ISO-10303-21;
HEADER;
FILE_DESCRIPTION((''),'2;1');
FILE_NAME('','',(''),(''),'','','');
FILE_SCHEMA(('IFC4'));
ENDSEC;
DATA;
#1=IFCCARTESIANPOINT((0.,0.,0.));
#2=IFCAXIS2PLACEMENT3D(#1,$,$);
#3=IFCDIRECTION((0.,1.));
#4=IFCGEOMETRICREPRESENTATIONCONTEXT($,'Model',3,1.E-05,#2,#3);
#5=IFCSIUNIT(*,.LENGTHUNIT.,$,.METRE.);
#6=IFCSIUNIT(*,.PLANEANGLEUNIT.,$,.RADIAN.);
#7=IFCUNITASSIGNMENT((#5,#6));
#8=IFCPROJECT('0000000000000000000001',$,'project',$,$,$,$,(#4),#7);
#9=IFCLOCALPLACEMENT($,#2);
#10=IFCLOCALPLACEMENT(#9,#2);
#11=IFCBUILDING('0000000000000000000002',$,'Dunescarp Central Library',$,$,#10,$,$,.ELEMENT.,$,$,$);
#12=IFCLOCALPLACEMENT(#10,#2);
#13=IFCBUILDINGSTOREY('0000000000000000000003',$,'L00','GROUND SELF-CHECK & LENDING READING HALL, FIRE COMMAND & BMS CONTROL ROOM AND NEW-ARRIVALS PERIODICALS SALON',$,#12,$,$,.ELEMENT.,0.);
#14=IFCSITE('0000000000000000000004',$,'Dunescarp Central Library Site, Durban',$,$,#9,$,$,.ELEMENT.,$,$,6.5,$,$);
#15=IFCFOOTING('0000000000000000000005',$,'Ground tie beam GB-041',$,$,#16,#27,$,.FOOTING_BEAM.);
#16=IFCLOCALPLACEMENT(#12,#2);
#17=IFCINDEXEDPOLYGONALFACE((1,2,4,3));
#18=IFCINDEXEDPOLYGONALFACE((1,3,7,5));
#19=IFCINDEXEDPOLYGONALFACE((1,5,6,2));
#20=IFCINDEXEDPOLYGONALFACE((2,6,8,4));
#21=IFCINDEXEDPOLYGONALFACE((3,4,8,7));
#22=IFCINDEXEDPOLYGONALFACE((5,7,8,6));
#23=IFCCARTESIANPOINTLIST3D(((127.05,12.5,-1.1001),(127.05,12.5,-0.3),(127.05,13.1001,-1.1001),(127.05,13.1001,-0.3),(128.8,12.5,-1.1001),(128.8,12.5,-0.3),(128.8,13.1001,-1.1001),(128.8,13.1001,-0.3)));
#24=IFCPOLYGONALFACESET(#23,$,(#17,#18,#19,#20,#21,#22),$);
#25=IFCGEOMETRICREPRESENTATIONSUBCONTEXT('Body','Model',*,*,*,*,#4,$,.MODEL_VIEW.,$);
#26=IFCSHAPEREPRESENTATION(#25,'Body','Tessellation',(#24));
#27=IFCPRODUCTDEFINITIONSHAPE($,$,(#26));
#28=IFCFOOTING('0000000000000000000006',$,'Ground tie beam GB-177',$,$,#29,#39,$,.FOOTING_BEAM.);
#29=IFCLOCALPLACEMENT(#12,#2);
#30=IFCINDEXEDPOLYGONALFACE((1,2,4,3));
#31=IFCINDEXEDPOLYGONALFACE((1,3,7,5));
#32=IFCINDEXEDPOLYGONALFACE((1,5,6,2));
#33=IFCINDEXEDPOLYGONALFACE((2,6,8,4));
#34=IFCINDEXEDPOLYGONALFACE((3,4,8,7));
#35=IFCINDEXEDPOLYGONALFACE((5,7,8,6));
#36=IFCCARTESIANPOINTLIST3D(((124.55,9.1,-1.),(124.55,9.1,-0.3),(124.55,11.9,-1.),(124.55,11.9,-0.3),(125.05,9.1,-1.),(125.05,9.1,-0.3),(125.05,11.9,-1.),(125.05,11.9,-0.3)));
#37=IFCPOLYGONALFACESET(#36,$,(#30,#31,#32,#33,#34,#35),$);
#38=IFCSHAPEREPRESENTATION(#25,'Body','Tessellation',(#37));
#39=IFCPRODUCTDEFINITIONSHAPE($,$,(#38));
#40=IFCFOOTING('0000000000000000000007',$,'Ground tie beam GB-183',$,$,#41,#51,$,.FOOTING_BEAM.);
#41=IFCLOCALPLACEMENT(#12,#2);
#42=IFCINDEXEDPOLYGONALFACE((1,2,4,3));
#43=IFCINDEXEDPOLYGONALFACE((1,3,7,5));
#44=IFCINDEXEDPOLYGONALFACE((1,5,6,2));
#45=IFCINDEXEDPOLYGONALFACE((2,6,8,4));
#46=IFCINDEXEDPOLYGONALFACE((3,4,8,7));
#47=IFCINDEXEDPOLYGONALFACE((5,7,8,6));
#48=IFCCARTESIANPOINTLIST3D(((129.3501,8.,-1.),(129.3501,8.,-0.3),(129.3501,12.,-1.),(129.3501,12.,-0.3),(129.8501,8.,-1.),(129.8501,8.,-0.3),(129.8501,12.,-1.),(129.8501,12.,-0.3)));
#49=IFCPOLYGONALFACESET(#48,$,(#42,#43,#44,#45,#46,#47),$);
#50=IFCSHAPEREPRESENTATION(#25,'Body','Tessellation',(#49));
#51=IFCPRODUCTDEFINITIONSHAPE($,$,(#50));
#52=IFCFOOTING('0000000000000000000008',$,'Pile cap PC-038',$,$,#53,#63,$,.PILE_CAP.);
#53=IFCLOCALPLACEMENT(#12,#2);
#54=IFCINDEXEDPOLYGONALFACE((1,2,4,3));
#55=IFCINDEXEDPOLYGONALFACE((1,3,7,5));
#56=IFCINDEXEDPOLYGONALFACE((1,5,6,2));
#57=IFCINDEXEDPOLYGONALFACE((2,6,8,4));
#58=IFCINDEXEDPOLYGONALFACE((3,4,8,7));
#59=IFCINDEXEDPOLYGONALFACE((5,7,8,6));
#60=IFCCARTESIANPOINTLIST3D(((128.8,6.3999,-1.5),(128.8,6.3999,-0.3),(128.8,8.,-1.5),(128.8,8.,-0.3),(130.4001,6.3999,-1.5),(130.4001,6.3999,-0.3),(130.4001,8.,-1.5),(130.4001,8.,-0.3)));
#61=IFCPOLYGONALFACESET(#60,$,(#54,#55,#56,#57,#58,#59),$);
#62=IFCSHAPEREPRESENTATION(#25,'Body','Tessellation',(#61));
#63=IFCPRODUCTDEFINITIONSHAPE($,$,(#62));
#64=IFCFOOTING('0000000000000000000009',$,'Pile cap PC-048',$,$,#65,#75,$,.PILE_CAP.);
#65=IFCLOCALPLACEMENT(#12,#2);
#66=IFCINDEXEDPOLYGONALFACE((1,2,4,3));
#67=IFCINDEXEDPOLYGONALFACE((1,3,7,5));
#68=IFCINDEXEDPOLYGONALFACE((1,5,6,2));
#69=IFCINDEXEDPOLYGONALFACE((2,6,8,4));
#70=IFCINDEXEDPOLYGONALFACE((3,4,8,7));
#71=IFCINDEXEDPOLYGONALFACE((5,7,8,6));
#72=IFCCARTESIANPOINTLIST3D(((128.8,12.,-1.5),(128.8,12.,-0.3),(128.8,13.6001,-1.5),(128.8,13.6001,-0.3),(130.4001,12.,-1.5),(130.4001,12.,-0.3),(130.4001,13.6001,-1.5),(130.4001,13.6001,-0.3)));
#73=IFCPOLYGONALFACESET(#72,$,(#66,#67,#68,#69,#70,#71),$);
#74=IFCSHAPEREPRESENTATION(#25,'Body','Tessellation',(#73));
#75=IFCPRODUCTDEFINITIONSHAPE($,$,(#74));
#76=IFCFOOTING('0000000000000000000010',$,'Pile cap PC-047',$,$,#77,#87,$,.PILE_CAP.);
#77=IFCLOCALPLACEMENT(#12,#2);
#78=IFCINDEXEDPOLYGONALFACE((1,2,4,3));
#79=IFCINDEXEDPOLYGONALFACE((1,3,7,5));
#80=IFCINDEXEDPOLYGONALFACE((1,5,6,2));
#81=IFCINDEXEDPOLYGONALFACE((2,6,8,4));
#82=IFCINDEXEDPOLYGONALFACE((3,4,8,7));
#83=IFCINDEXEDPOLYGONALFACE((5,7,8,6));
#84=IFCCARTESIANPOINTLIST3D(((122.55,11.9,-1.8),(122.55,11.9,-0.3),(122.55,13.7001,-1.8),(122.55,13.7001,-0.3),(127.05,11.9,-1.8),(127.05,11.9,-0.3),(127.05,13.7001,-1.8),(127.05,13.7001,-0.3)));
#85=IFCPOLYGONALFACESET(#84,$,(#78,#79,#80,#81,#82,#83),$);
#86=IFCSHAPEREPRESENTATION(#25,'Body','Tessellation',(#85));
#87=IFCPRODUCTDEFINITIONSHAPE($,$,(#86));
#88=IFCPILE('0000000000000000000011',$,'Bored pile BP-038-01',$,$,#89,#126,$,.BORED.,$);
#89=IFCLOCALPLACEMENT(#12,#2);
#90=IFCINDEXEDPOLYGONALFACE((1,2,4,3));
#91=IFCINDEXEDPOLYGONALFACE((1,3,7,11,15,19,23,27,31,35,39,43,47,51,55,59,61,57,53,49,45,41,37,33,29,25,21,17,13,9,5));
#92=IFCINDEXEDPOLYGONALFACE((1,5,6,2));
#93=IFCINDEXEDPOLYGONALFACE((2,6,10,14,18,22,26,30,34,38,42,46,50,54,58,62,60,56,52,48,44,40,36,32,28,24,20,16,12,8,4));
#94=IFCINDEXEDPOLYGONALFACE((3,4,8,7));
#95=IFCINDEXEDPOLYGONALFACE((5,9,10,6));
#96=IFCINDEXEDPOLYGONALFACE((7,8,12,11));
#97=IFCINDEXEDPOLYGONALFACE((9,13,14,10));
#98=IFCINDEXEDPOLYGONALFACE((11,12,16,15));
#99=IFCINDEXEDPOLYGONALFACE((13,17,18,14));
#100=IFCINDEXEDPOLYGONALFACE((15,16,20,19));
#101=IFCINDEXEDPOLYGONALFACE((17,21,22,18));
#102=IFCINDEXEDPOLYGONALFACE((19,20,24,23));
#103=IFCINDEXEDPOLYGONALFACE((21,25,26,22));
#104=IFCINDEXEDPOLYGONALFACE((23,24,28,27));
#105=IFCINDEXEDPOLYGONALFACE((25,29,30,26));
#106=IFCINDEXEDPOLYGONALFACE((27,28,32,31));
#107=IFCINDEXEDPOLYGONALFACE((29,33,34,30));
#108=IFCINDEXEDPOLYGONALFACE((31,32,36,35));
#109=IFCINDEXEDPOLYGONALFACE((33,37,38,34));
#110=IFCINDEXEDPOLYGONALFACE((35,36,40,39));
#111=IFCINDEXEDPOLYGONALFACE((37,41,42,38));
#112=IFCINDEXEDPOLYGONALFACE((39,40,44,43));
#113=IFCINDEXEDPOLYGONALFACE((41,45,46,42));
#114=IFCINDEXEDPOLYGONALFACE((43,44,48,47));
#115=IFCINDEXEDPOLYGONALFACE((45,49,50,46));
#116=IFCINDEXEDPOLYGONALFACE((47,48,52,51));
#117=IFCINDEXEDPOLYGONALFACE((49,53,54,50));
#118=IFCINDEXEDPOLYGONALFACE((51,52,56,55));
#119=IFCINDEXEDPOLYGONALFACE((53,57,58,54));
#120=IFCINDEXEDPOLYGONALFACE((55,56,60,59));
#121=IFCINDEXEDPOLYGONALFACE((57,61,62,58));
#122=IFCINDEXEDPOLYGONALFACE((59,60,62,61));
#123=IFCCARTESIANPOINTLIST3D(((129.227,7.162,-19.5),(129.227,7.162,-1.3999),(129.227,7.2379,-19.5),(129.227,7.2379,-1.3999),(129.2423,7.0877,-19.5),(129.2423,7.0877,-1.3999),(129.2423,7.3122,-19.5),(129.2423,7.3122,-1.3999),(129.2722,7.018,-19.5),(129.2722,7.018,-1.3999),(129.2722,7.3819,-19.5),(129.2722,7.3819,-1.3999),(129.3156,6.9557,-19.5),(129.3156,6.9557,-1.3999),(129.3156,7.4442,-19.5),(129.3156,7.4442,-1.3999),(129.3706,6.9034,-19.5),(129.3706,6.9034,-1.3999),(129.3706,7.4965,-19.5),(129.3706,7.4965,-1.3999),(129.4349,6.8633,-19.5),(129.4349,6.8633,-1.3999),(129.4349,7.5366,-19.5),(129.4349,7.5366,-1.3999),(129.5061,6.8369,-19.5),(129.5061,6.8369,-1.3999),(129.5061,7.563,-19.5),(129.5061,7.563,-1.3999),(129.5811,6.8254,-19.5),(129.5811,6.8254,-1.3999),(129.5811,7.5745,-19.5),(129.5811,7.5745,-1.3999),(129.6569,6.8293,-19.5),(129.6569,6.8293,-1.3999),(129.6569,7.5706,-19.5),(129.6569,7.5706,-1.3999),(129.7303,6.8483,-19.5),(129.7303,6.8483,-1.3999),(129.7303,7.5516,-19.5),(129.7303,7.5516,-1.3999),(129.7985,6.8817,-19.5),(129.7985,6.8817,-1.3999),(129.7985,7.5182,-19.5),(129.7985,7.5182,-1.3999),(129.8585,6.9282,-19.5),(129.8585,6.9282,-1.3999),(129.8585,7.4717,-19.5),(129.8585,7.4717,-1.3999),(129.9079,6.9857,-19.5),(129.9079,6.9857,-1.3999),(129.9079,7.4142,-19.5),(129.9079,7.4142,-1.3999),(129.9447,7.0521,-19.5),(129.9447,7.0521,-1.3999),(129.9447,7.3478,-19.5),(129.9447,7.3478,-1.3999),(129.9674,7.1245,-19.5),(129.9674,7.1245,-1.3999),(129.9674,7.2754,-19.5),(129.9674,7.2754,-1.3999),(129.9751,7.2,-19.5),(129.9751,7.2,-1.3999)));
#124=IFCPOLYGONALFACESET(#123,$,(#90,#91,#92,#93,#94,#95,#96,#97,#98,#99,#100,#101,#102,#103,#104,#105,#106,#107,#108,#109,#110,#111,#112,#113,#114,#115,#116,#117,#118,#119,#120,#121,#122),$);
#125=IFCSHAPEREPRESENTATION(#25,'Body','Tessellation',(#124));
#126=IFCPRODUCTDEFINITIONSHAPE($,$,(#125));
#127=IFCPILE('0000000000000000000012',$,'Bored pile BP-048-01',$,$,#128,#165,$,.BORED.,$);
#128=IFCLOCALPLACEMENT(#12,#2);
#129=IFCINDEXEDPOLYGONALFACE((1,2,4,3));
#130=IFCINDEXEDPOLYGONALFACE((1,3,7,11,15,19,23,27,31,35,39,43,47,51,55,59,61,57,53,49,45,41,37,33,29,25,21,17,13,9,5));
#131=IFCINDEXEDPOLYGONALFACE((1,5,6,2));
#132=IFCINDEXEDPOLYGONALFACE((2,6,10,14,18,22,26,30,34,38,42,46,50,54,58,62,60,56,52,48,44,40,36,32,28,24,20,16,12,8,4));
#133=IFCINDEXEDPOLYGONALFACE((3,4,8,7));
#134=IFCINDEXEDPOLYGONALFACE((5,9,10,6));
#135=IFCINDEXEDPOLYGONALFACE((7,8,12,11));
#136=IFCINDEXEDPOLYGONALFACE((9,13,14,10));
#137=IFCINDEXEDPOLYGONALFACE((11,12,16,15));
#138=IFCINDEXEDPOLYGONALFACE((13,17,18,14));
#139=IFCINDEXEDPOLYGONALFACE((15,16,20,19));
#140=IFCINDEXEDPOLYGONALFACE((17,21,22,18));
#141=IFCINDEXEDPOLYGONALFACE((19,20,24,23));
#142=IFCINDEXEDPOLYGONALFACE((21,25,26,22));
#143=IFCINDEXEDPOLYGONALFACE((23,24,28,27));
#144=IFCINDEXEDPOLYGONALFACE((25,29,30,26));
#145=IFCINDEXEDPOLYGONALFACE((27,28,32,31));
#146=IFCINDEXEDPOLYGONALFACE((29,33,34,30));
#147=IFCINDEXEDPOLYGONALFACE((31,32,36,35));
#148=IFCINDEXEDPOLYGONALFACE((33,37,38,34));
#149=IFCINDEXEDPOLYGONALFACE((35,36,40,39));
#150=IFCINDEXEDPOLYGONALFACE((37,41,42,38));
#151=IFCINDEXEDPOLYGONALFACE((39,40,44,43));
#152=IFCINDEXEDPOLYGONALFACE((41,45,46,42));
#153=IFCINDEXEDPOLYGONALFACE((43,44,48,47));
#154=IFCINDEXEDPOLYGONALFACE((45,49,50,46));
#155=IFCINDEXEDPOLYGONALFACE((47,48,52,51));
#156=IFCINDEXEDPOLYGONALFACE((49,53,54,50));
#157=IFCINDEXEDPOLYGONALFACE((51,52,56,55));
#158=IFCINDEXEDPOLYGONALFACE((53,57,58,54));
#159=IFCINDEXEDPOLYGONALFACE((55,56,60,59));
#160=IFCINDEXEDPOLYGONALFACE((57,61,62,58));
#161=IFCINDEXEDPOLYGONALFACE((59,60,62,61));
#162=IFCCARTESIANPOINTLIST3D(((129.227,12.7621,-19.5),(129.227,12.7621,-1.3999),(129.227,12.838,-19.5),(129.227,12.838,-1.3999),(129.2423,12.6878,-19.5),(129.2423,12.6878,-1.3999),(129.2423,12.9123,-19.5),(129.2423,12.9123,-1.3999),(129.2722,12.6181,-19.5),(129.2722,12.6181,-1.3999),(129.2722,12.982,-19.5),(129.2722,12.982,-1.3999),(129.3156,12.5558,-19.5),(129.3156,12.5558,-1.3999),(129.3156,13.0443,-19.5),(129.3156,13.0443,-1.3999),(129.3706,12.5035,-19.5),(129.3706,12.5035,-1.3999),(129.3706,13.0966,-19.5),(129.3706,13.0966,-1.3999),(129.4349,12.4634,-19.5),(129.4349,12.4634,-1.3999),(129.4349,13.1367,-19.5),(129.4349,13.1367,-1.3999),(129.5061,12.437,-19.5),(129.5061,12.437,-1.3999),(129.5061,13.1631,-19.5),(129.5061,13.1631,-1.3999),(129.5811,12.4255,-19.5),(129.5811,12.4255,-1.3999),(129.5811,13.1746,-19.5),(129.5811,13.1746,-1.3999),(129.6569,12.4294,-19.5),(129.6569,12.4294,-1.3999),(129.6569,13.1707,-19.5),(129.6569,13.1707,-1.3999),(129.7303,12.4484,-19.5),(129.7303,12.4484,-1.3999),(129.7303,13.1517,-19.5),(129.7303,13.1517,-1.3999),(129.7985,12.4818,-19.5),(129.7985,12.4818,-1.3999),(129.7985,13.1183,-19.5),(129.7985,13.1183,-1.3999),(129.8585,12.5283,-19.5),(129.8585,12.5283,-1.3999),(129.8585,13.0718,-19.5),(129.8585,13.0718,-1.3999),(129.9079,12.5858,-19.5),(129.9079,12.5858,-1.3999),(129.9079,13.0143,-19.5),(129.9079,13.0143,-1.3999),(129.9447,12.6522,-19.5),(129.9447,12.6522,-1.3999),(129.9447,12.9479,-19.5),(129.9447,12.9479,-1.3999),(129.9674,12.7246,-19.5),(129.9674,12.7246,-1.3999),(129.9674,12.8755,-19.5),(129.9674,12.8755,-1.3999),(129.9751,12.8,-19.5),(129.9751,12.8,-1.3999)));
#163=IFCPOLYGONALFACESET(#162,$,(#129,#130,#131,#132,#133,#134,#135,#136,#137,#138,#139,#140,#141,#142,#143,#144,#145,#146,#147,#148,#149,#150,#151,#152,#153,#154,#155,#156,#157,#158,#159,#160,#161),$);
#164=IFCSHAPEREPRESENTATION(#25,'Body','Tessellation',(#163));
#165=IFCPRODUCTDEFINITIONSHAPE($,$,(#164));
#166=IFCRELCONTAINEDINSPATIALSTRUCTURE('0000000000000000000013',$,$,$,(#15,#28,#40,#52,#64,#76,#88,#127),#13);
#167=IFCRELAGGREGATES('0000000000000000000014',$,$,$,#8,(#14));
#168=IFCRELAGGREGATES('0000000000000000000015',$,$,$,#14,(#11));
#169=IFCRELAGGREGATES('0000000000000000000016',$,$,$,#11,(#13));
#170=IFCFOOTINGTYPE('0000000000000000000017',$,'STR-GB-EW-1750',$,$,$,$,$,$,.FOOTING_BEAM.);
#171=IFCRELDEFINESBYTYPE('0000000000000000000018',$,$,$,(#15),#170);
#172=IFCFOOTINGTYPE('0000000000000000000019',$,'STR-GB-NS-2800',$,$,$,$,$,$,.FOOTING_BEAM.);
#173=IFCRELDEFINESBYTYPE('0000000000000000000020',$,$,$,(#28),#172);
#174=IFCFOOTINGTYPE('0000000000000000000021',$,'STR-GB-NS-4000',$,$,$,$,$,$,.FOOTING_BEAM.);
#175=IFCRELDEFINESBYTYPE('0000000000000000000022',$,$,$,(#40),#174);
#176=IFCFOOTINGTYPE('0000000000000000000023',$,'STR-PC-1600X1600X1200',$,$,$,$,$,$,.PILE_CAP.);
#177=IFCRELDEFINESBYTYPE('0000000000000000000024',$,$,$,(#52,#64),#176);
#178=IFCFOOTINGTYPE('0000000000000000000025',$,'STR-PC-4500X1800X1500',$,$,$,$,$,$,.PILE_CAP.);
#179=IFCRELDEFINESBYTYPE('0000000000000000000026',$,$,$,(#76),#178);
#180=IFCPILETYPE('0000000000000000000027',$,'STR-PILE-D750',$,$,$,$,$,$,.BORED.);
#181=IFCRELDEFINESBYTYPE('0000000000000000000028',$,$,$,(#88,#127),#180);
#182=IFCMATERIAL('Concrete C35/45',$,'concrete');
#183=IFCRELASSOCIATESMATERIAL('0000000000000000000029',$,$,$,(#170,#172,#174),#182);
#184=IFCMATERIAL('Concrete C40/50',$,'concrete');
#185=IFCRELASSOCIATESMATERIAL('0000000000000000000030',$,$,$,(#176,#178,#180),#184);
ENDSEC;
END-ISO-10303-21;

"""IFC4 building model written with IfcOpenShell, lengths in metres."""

from ifc_helpers import new_model, si_unit, direction, frame, origin, origin_2d, place, context, subcontext, project, spatial, rectangle, circle, extrude, material, material_profile, profile_set, type_object, element, save


model = new_model("IFC4")

# Units and contexts
model_context = context("Model", 3, precision=1e-05, world=origin(), true_north=direction((0.0, 1.0)))
body_context = subcontext(model_context, "Body", "Model", "MODEL_VIEW")
ifc_project = project(units=[si_unit("LENGTHUNIT", "METRE"), si_unit("PLANEANGLEUNIT", "RADIAN")], contexts=[model_context])

# Site, building, storey
site_placement = place(None, origin())
site = spatial("IfcSite", under=ifc_project, at=site_placement, Name="Dunescarp Central Library Site, Durban", CompositionType="ELEMENT", RefElevation=6.5)
building_placement = place(site_placement, origin())
building = spatial("IfcBuilding", under=site, at=building_placement, Name="Dunescarp Central Library", CompositionType="ELEMENT")
storey_placement = place(building_placement, origin())
storey = spatial("IfcBuildingStorey", under=building, at=storey_placement, Name="L00", Description="GROUND SELF-CHECK & LENDING READING HALL, FIRE COMMAND & BMS CONTROL ROOM AND NEW-ARRIVALS PERIODICALS SALON", CompositionType="ELEMENT", Elevation=0.0)

# Footings
ifc_material_1 = material(Name="Concrete C35/45", Category="concrete")
footing_type_1 = type_object("IfcFootingType", Name="STR-GB-EW-1750", PredefinedType="FOOTING_BEAM", material=ifc_material_1)
footing_1_placement = place(storey_placement, frame((127.925, 12.8, -1.1001), z_axis=(0.0, 0.0, 1.0), x_axis=(1.0, 0.0, 0.0)))
element("IfcFooting", 1, at=footing_1_placement, inside=storey, type_object=footing_type_1, Name="Ground tie beam GB-041", PredefinedType="FOOTING_BEAM", context=body_context, shape_type="SweptSolid", body=[
    extrude(rectangle(XDim=1.75, YDim=0.6001, at=origin_2d()), origin(), (0.0, 0.0, 1.0), 0.8),
])
footing_type_2 = type_object("IfcFootingType", Name="STR-GB-NS-2800", PredefinedType="FOOTING_BEAM", material=ifc_material_1)
footing_2_placement = place(storey_placement, frame((124.8, 10.5, -1.0), z_axis=(0.0, 0.0, 1.0), x_axis=(0.0, 1.0, 0.0)))
element("IfcFooting", 2, at=footing_2_placement, inside=storey, type_object=footing_type_2, Name="Ground tie beam GB-177", PredefinedType="FOOTING_BEAM", context=body_context, shape_type="SweptSolid", body=[
    extrude(rectangle(XDim=2.8, YDim=0.5, at=origin_2d()), origin(), (0.0, 0.0, 1.0), 0.7),
])
footing_type_3 = type_object("IfcFootingType", Name="STR-GB-NS-4000", PredefinedType="FOOTING_BEAM", material=ifc_material_1)
footing_3_placement = place(storey_placement, frame((129.6001, 10.0, -1.0), z_axis=(0.0, 0.0, 1.0), x_axis=(0.0, 1.0, 0.0)))
element("IfcFooting", 3, at=footing_3_placement, inside=storey, type_object=footing_type_3, Name="Ground tie beam GB-183", PredefinedType="FOOTING_BEAM", context=body_context, shape_type="SweptSolid", body=[
    extrude(rectangle(XDim=4.0, YDim=0.5, at=origin_2d()), origin(), (0.0, 0.0, 1.0), 0.7),
])
ifc_material_2 = material(Name="Concrete C40/50", Category="concrete")
footing_type_4 = type_object("IfcFootingType", Name="STR-PC-1600X1600X1200", PredefinedType="PILE_CAP", material=ifc_material_2)
for number, where, z_axis, x_axis, name in (
    (4, (129.6001, 7.2, -1.5), (0.0, 0.0, 1.0), (1.0, 0.0, 0.0), "Pile cap PC-038"),
    (5, (129.6001, 12.8, -1.5), (0.0, 0.0, 1.0), (1.0, 0.0, 0.0), "Pile cap PC-048"),
):
    element("IfcFooting", number, at=place(storey_placement, frame(where, z_axis=z_axis, x_axis=x_axis)), inside=storey, type_object=footing_type_4, Name=name, PredefinedType="PILE_CAP", context=body_context, shape_type="SweptSolid", body=[
        extrude(rectangle(XDim=1.6001, YDim=1.6001, at=origin_2d()), origin(), (0.0, 0.0, 1.0), 1.2),
    ])
footing_type_5 = type_object("IfcFootingType", Name="STR-PC-4500X1800X1500", PredefinedType="PILE_CAP", material=ifc_material_2)
footing_4_placement = place(storey_placement, frame((124.8, 12.8, -1.8), z_axis=(0.0, 0.0, 1.0), x_axis=(1.0, 0.0, 0.0)))
element("IfcFooting", 6, at=footing_4_placement, inside=storey, type_object=footing_type_5, Name="Pile cap PC-047", PredefinedType="PILE_CAP", context=body_context, shape_type="SweptSolid", body=[
    extrude(rectangle(XDim=4.5, YDim=1.8, at=origin_2d()), origin(), (0.0, 0.0, 1.0), 1.5),
])

# Piles
ifc_material_profile_1 = material_profile(ifc_material_2, circle(Radius=0.375, at=origin_2d()), Name="PILE D750")
ifc_profile_set_1 = profile_set([ifc_material_profile_1], Name="Concrete C40/50")
pile_type_1 = type_object("IfcPileType", Name="STR-PILE-D750", PredefinedType="BORED", material=ifc_profile_set_1)
for number, where, z_axis, x_axis, name in (
    (7, (129.6001, 7.2, -1.3999), (0.0, 0.0, -1.0), (1.0, 0.0, 0.0), "Bored pile BP-038-01"),
    (8, (129.6001, 12.8, -1.3999), (0.0, 0.0, -1.0), (1.0, 0.0, 0.0), "Bored pile BP-048-01"),
):
    element("IfcPile", number, at=place(storey_placement, frame(where, z_axis=z_axis, x_axis=x_axis)), inside=storey, type_object=pile_type_1, Name=name, PredefinedType="BORED", context=body_context, shape_type="SweptSolid", body=[
        extrude(circle(Radius=0.375, at=origin_2d()), origin(), (0.0, 0.0, 1.0), 18.1001),
    ])

save(model, "model.ifc")
